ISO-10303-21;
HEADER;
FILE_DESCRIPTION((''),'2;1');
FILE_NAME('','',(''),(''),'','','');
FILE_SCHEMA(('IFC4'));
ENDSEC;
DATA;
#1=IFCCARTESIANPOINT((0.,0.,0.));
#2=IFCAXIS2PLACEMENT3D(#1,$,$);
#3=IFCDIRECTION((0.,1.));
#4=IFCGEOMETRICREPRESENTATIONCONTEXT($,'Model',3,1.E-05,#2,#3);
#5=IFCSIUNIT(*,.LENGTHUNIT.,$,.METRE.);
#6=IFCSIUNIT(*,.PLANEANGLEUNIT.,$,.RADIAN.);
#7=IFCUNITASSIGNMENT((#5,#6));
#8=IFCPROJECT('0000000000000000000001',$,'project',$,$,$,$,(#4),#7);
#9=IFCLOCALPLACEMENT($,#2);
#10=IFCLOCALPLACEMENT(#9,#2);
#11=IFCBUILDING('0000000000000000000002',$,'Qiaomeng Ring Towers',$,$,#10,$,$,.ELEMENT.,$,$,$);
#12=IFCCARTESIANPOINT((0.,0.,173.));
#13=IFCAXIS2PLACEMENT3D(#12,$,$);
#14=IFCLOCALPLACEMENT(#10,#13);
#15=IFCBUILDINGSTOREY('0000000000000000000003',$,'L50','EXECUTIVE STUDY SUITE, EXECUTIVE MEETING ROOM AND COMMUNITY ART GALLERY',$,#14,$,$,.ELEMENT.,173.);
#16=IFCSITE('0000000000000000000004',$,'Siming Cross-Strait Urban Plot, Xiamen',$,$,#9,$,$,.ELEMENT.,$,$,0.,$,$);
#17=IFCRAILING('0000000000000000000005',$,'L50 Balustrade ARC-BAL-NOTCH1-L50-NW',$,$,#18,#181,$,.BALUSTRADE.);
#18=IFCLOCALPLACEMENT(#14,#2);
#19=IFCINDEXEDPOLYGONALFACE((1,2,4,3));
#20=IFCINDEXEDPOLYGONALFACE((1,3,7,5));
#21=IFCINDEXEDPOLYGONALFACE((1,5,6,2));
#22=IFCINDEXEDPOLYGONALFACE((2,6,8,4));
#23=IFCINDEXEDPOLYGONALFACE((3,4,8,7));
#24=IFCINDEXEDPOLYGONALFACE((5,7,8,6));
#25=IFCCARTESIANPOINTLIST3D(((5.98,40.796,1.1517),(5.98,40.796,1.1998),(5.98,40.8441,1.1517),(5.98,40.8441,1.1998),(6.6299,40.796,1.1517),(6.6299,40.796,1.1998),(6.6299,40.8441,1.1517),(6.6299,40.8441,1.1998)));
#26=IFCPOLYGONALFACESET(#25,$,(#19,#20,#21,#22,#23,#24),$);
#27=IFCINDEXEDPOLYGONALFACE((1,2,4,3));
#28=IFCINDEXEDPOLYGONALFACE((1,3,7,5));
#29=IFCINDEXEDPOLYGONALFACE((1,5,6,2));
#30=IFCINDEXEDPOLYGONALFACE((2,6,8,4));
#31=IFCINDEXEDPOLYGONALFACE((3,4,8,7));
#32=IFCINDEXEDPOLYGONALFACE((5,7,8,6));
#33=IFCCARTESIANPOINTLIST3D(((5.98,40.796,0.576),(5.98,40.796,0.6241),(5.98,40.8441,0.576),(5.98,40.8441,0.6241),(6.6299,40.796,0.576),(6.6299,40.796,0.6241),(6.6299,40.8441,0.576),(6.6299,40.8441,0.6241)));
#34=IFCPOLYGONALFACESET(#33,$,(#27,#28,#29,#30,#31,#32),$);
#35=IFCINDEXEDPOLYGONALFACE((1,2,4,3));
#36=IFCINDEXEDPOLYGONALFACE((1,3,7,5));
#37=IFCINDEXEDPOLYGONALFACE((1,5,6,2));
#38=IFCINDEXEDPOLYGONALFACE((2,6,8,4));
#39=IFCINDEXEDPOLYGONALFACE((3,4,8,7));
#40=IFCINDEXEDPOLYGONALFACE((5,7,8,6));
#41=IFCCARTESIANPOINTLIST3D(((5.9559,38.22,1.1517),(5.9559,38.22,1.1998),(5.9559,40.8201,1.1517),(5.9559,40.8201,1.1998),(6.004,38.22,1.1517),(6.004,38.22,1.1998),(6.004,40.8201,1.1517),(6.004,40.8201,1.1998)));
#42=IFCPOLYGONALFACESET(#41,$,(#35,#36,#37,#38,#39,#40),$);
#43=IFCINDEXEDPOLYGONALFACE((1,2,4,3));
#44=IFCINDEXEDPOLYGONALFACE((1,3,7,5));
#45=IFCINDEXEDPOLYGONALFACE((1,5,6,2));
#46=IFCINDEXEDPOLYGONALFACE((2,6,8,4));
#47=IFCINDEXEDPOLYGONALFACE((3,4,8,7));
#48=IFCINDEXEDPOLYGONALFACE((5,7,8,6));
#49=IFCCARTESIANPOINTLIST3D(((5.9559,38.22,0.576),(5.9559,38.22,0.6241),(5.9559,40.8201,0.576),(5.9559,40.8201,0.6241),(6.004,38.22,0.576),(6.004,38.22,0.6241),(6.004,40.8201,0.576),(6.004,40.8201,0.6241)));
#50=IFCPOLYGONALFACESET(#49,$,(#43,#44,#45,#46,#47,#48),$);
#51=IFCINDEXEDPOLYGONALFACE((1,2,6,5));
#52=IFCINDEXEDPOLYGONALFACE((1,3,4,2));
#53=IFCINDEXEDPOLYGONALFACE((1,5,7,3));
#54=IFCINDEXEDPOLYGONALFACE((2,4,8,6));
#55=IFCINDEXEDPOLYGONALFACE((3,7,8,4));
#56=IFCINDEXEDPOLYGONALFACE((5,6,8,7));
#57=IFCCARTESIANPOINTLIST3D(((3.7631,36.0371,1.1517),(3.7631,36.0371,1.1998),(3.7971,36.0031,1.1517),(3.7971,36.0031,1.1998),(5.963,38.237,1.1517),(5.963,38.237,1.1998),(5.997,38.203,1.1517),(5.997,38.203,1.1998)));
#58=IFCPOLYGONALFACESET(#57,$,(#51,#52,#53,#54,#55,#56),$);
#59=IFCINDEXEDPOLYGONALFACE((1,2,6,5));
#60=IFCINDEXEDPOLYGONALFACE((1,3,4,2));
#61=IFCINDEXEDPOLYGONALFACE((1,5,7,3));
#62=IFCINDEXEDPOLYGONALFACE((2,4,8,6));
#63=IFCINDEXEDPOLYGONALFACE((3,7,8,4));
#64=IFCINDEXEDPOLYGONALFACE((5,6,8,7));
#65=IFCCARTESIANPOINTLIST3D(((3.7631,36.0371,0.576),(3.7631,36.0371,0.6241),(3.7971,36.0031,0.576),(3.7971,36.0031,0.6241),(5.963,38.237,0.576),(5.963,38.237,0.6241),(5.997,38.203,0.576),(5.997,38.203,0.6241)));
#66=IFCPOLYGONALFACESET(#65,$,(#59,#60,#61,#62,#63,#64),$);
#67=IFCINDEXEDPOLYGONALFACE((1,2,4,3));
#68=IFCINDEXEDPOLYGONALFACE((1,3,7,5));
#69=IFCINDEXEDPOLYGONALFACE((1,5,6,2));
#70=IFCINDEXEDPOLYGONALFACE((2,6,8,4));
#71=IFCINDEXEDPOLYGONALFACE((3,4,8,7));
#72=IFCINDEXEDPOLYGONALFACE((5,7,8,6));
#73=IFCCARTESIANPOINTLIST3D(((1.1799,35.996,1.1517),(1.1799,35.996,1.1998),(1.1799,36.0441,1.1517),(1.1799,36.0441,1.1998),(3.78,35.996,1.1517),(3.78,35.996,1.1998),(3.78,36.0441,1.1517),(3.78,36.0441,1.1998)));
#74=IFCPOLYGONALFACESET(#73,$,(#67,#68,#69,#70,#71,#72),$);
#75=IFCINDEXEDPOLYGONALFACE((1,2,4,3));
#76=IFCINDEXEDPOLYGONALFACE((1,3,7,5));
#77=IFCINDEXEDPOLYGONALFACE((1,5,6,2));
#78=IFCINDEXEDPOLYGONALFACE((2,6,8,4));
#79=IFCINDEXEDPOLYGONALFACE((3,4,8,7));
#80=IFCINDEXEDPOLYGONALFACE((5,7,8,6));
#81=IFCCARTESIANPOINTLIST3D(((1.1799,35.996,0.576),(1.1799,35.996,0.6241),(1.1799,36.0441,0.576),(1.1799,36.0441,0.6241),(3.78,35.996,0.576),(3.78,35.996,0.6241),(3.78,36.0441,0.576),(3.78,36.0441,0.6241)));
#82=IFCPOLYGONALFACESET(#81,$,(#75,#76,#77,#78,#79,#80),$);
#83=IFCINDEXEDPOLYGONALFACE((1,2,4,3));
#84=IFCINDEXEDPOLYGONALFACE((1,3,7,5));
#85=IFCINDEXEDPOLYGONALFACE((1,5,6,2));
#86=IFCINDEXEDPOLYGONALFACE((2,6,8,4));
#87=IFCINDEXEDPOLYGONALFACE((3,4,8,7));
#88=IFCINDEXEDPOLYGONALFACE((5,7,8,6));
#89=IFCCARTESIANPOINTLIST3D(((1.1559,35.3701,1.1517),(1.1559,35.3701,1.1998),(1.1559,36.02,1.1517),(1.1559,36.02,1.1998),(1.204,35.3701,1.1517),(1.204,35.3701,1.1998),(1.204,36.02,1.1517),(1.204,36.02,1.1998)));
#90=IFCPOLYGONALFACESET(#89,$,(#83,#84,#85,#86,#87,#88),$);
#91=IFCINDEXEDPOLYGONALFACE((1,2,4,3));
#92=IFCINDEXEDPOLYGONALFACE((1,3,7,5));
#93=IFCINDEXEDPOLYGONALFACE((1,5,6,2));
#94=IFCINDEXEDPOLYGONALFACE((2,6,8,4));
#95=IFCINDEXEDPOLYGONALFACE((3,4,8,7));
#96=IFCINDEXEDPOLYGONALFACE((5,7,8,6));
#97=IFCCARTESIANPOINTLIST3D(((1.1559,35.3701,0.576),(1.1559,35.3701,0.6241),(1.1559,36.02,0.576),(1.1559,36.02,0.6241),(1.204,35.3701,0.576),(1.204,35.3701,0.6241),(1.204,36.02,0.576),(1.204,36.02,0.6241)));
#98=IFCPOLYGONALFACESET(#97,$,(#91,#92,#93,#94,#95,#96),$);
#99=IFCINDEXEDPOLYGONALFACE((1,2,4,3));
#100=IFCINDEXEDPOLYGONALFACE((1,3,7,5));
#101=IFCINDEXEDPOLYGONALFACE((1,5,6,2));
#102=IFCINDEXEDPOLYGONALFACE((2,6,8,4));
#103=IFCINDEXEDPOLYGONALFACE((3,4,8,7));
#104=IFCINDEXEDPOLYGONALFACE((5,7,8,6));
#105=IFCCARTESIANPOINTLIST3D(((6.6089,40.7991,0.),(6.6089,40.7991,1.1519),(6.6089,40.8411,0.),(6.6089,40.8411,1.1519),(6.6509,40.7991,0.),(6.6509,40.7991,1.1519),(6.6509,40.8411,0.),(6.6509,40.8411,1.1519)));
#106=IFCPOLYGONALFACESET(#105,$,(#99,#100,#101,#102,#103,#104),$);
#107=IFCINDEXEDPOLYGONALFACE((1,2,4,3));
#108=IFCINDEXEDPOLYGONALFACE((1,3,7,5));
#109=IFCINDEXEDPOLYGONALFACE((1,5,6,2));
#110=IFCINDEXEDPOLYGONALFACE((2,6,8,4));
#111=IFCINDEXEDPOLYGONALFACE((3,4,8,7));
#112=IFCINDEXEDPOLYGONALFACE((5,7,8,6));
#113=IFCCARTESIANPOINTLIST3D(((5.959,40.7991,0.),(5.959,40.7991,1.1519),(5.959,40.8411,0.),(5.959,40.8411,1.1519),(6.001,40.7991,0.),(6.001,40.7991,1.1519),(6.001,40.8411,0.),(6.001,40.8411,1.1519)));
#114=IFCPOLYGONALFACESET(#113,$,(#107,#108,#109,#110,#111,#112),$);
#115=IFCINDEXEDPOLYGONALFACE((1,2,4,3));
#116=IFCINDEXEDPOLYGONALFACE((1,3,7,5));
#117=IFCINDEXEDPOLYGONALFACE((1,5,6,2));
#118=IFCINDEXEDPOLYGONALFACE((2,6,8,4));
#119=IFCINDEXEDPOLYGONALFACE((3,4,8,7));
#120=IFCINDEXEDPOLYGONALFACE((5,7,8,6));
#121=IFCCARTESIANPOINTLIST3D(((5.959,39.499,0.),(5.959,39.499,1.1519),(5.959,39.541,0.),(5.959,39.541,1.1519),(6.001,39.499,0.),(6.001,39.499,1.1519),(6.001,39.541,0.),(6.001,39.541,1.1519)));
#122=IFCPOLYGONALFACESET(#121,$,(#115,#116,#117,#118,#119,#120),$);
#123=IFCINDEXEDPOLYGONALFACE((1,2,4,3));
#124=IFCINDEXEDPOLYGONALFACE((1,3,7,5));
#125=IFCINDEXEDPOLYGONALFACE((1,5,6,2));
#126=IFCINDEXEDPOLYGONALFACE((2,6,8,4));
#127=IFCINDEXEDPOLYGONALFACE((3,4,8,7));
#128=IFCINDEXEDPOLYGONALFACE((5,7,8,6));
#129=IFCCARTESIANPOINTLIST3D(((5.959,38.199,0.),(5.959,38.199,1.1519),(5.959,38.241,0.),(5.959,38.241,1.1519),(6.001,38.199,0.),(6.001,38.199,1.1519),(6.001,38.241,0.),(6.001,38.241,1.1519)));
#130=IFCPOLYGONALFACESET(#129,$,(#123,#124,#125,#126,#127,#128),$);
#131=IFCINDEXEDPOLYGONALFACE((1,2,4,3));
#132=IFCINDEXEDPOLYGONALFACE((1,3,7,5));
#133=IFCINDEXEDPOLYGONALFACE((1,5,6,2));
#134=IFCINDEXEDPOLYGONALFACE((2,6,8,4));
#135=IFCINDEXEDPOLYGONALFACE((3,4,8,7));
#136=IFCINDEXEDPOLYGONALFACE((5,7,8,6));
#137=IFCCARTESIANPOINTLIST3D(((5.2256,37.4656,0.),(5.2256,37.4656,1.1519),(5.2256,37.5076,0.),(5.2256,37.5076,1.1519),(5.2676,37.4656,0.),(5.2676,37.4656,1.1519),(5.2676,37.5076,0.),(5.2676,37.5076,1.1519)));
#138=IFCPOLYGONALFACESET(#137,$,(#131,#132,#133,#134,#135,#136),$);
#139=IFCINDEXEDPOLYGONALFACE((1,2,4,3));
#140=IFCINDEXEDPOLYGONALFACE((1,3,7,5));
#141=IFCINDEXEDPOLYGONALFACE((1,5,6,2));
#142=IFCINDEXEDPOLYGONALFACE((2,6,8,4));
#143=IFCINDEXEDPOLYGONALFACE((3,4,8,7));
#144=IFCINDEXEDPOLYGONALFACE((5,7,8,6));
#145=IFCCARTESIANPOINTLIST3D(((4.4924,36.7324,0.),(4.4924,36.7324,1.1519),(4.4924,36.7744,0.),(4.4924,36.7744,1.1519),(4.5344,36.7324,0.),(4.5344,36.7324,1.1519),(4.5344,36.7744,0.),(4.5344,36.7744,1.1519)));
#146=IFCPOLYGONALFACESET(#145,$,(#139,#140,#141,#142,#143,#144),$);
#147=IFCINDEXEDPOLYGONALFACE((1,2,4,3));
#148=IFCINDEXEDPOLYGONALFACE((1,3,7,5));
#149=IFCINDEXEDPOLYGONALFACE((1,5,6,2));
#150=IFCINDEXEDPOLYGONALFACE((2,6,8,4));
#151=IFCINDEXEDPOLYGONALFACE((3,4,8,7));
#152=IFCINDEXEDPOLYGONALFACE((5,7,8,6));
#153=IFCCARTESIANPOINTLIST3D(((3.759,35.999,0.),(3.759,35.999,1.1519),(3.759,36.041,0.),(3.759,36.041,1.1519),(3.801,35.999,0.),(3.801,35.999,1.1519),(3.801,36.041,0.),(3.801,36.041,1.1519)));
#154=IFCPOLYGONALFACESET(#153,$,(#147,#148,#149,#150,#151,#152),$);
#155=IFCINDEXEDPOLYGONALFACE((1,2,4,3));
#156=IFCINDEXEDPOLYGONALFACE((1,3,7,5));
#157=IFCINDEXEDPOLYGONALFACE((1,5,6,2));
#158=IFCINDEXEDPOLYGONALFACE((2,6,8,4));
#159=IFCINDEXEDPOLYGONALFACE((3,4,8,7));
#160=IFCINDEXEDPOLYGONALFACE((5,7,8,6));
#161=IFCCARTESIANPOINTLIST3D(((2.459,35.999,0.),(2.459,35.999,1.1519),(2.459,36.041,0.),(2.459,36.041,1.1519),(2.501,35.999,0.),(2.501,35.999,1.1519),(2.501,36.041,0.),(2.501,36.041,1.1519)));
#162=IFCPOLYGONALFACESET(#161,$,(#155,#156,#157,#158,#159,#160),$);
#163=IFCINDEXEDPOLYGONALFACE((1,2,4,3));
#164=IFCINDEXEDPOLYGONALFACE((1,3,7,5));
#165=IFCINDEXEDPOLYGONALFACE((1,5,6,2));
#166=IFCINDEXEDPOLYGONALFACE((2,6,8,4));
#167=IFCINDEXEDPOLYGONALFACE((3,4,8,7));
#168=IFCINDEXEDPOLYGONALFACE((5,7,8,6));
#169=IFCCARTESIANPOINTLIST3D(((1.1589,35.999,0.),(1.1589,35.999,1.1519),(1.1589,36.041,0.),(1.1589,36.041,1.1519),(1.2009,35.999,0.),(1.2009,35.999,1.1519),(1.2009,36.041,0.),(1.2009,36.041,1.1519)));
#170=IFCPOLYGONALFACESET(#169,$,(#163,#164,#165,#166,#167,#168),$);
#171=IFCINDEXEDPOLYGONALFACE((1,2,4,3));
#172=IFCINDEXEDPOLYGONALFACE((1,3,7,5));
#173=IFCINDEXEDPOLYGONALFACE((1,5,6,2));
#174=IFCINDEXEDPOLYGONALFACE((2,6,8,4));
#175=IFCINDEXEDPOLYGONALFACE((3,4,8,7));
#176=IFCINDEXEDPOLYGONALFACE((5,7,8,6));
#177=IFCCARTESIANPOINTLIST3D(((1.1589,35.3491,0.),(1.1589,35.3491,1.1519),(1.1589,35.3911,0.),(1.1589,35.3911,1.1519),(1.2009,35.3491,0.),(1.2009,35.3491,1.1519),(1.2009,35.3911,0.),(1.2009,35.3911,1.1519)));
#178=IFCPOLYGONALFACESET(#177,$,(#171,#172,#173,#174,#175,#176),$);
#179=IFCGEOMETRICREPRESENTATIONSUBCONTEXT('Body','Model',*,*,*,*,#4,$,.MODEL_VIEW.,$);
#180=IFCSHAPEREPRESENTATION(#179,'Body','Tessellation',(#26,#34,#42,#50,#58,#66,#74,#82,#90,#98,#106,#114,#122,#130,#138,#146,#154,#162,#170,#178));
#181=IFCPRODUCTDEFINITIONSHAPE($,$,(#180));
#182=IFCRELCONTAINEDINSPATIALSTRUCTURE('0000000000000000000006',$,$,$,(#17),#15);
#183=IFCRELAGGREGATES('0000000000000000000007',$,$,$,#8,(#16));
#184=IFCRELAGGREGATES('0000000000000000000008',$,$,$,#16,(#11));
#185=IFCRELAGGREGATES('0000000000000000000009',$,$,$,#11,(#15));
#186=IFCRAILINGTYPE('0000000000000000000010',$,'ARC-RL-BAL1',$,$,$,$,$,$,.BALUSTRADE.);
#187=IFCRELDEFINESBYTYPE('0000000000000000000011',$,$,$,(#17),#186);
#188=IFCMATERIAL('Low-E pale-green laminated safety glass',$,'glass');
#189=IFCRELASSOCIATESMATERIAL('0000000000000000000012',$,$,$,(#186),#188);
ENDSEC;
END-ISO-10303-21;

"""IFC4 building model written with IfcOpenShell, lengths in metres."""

from ifc_helpers import new_model, si_unit, direction, frame, origin, origin_2d, place, context, subcontext, project, spatial, rectangle, extrude, material, type_object, element, save


model = new_model("IFC4")

# Units and contexts
model_context = context("Model", 3, precision=1e-05, world=origin(), true_north=direction((0.0, 1.0)))
body_context = subcontext(model_context, "Body", "Model", "MODEL_VIEW")
ifc_project = project(units=[si_unit("LENGTHUNIT", "METRE"), si_unit("PLANEANGLEUNIT", "RADIAN")], contexts=[model_context])

# Site, building, storey
site_placement = place(None, origin())
site = spatial("IfcSite", under=ifc_project, at=site_placement, Name="Siming Cross-Strait Urban Plot, Xiamen", CompositionType="ELEMENT", RefElevation=0.0)
building_placement = place(site_placement, origin())
building = spatial("IfcBuilding", under=site, at=building_placement, Name="Qiaomeng Ring Towers", CompositionType="ELEMENT")
storey_placement = place(building_placement, frame((0.0, 0.0, 173.0)))
storey = spatial("IfcBuildingStorey", under=building, at=storey_placement, Name="L50", Description="EXECUTIVE STUDY SUITE, EXECUTIVE MEETING ROOM AND COMMUNITY ART GALLERY", CompositionType="ELEMENT", Elevation=173.0)

# Railing
ifc_material_1 = material(Name="Low-E pale-green laminated safety glass", Category="glass")
railing_type = type_object("IfcRailingType", Name="ARC-RL-BAL1", PredefinedType="BALUSTRADE", material=ifc_material_1)
railing_placement = place(storey_placement, frame((6.6299, 40.8201, 0.0)))
element("IfcRailing", 1, at=railing_placement, inside=storey, type_object=railing_type, Name="L50 Balustrade ARC-BAL-NOTCH1-L50-NW", PredefinedType="BALUSTRADE", context=body_context, shape_type="SweptSolid", body=[
    extrude(rectangle(XDim=0.0481, YDim=0.0481, at=origin_2d()), frame((0.0, 0.0, 1.1758), z_axis=(-1.0, 0.0, 0.0), x_axis=(0.0, -1.0, 0.0)), (0.0, 0.0, 1.0), 0.6499),
    extrude(rectangle(XDim=0.0481, YDim=0.0481, at=origin_2d()), frame((0.0, 0.0, 0.6001), z_axis=(-1.0, 0.0, 0.0), x_axis=(0.0, -1.0, 0.0)), (0.0, 0.0, 1.0), 0.6499),
    extrude(rectangle(XDim=0.0481, YDim=0.0481, at=origin_2d()), frame((-0.6499, 0.0, 1.1758), z_axis=(0.0, -1.0, 0.0), x_axis=(1.0, 0.0, 0.0)), (0.0, 0.0, 1.0), 2.6001),
    extrude(rectangle(XDim=0.0481, YDim=0.0481, at=origin_2d()), frame((-0.6499, 0.0, 0.6001), z_axis=(0.0, -1.0, 0.0), x_axis=(1.0, 0.0, 0.0)), (0.0, 0.0, 1.0), 2.6001),
    extrude(rectangle(XDim=0.0481, YDim=0.0481, at=origin_2d()), frame((-0.6499, -2.6001, 1.1758), z_axis=(-0.707107, -0.707107, 0.0), x_axis=(0.707107, -0.707107, 0.0)), (0.0, 0.0, 1.0), 3.1111),
    extrude(rectangle(XDim=0.0481, YDim=0.0481, at=origin_2d()), frame((-0.6499, -2.6001, 0.6001), z_axis=(-0.707107, -0.707107, 0.0), x_axis=(0.707107, -0.707107, 0.0)), (0.0, 0.0, 1.0), 3.1111),
    extrude(rectangle(XDim=0.0481, YDim=0.0481, at=origin_2d()), frame((-2.8499, -4.8, 1.1758), z_axis=(-1.0, 0.0, 0.0), x_axis=(0.0, -1.0, 0.0)), (0.0, 0.0, 1.0), 2.6001),
    extrude(rectangle(XDim=0.0481, YDim=0.0481, at=origin_2d()), frame((-2.8499, -4.8, 0.6001), z_axis=(-1.0, 0.0, 0.0), x_axis=(0.0, -1.0, 0.0)), (0.0, 0.0, 1.0), 2.6001),
    extrude(rectangle(XDim=0.0481, YDim=0.0481, at=origin_2d()), frame((-5.45, -4.8, 1.1758), z_axis=(0.0, -1.0, 0.0), x_axis=(1.0, 0.0, 0.0)), (0.0, 0.0, 1.0), 0.6499),
    extrude(rectangle(XDim=0.0481, YDim=0.0481, at=origin_2d()), frame((-5.45, -4.8, 0.6001), z_axis=(0.0, -1.0, 0.0), x_axis=(1.0, 0.0, 0.0)), (0.0, 0.0, 1.0), 0.6499),
    extrude(rectangle(XDim=0.042, YDim=0.042, at=origin_2d()), origin(), (0.0, 0.0, 1.0), 1.1519),
    extrude(rectangle(XDim=0.042, YDim=0.042, at=origin_2d()), frame((-0.6499, 0.0, 0.0)), (0.0, 0.0, 1.0), 1.1519),
    extrude(rectangle(XDim=0.042, YDim=0.042, at=origin_2d()), frame((-0.6499, -1.3, 0.0)), (0.0, 0.0, 1.0), 1.1519),
    extrude(rectangle(XDim=0.042, YDim=0.042, at=origin_2d()), frame((-0.6499, -2.6001, 0.0)), (0.0, 0.0, 1.0), 1.1519),
    extrude(rectangle(XDim=0.042, YDim=0.042, at=origin_2d()), frame((-1.3833, -3.3335, 0.0)), (0.0, 0.0, 1.0), 1.1519),
    extrude(rectangle(XDim=0.042, YDim=0.042, at=origin_2d()), frame((-2.1165, -4.0667, 0.0)), (0.0, 0.0, 1.0), 1.1519),
    extrude(rectangle(XDim=0.042, YDim=0.042, at=origin_2d()), frame((-2.8499, -4.8, 0.0)), (0.0, 0.0, 1.0), 1.1519),
    extrude(rectangle(XDim=0.042, YDim=0.042, at=origin_2d()), frame((-4.1499, -4.8, 0.0)), (0.0, 0.0, 1.0), 1.1519),
    extrude(rectangle(XDim=0.042, YDim=0.042, at=origin_2d()), frame((-5.45, -4.8, 0.0)), (0.0, 0.0, 1.0), 1.1519),
    extrude(rectangle(XDim=0.042, YDim=0.042, at=origin_2d()), frame((-5.45, -5.45, 0.0)), (0.0, 0.0, 1.0), 1.1519),
])

save(model, "model.ifc")
